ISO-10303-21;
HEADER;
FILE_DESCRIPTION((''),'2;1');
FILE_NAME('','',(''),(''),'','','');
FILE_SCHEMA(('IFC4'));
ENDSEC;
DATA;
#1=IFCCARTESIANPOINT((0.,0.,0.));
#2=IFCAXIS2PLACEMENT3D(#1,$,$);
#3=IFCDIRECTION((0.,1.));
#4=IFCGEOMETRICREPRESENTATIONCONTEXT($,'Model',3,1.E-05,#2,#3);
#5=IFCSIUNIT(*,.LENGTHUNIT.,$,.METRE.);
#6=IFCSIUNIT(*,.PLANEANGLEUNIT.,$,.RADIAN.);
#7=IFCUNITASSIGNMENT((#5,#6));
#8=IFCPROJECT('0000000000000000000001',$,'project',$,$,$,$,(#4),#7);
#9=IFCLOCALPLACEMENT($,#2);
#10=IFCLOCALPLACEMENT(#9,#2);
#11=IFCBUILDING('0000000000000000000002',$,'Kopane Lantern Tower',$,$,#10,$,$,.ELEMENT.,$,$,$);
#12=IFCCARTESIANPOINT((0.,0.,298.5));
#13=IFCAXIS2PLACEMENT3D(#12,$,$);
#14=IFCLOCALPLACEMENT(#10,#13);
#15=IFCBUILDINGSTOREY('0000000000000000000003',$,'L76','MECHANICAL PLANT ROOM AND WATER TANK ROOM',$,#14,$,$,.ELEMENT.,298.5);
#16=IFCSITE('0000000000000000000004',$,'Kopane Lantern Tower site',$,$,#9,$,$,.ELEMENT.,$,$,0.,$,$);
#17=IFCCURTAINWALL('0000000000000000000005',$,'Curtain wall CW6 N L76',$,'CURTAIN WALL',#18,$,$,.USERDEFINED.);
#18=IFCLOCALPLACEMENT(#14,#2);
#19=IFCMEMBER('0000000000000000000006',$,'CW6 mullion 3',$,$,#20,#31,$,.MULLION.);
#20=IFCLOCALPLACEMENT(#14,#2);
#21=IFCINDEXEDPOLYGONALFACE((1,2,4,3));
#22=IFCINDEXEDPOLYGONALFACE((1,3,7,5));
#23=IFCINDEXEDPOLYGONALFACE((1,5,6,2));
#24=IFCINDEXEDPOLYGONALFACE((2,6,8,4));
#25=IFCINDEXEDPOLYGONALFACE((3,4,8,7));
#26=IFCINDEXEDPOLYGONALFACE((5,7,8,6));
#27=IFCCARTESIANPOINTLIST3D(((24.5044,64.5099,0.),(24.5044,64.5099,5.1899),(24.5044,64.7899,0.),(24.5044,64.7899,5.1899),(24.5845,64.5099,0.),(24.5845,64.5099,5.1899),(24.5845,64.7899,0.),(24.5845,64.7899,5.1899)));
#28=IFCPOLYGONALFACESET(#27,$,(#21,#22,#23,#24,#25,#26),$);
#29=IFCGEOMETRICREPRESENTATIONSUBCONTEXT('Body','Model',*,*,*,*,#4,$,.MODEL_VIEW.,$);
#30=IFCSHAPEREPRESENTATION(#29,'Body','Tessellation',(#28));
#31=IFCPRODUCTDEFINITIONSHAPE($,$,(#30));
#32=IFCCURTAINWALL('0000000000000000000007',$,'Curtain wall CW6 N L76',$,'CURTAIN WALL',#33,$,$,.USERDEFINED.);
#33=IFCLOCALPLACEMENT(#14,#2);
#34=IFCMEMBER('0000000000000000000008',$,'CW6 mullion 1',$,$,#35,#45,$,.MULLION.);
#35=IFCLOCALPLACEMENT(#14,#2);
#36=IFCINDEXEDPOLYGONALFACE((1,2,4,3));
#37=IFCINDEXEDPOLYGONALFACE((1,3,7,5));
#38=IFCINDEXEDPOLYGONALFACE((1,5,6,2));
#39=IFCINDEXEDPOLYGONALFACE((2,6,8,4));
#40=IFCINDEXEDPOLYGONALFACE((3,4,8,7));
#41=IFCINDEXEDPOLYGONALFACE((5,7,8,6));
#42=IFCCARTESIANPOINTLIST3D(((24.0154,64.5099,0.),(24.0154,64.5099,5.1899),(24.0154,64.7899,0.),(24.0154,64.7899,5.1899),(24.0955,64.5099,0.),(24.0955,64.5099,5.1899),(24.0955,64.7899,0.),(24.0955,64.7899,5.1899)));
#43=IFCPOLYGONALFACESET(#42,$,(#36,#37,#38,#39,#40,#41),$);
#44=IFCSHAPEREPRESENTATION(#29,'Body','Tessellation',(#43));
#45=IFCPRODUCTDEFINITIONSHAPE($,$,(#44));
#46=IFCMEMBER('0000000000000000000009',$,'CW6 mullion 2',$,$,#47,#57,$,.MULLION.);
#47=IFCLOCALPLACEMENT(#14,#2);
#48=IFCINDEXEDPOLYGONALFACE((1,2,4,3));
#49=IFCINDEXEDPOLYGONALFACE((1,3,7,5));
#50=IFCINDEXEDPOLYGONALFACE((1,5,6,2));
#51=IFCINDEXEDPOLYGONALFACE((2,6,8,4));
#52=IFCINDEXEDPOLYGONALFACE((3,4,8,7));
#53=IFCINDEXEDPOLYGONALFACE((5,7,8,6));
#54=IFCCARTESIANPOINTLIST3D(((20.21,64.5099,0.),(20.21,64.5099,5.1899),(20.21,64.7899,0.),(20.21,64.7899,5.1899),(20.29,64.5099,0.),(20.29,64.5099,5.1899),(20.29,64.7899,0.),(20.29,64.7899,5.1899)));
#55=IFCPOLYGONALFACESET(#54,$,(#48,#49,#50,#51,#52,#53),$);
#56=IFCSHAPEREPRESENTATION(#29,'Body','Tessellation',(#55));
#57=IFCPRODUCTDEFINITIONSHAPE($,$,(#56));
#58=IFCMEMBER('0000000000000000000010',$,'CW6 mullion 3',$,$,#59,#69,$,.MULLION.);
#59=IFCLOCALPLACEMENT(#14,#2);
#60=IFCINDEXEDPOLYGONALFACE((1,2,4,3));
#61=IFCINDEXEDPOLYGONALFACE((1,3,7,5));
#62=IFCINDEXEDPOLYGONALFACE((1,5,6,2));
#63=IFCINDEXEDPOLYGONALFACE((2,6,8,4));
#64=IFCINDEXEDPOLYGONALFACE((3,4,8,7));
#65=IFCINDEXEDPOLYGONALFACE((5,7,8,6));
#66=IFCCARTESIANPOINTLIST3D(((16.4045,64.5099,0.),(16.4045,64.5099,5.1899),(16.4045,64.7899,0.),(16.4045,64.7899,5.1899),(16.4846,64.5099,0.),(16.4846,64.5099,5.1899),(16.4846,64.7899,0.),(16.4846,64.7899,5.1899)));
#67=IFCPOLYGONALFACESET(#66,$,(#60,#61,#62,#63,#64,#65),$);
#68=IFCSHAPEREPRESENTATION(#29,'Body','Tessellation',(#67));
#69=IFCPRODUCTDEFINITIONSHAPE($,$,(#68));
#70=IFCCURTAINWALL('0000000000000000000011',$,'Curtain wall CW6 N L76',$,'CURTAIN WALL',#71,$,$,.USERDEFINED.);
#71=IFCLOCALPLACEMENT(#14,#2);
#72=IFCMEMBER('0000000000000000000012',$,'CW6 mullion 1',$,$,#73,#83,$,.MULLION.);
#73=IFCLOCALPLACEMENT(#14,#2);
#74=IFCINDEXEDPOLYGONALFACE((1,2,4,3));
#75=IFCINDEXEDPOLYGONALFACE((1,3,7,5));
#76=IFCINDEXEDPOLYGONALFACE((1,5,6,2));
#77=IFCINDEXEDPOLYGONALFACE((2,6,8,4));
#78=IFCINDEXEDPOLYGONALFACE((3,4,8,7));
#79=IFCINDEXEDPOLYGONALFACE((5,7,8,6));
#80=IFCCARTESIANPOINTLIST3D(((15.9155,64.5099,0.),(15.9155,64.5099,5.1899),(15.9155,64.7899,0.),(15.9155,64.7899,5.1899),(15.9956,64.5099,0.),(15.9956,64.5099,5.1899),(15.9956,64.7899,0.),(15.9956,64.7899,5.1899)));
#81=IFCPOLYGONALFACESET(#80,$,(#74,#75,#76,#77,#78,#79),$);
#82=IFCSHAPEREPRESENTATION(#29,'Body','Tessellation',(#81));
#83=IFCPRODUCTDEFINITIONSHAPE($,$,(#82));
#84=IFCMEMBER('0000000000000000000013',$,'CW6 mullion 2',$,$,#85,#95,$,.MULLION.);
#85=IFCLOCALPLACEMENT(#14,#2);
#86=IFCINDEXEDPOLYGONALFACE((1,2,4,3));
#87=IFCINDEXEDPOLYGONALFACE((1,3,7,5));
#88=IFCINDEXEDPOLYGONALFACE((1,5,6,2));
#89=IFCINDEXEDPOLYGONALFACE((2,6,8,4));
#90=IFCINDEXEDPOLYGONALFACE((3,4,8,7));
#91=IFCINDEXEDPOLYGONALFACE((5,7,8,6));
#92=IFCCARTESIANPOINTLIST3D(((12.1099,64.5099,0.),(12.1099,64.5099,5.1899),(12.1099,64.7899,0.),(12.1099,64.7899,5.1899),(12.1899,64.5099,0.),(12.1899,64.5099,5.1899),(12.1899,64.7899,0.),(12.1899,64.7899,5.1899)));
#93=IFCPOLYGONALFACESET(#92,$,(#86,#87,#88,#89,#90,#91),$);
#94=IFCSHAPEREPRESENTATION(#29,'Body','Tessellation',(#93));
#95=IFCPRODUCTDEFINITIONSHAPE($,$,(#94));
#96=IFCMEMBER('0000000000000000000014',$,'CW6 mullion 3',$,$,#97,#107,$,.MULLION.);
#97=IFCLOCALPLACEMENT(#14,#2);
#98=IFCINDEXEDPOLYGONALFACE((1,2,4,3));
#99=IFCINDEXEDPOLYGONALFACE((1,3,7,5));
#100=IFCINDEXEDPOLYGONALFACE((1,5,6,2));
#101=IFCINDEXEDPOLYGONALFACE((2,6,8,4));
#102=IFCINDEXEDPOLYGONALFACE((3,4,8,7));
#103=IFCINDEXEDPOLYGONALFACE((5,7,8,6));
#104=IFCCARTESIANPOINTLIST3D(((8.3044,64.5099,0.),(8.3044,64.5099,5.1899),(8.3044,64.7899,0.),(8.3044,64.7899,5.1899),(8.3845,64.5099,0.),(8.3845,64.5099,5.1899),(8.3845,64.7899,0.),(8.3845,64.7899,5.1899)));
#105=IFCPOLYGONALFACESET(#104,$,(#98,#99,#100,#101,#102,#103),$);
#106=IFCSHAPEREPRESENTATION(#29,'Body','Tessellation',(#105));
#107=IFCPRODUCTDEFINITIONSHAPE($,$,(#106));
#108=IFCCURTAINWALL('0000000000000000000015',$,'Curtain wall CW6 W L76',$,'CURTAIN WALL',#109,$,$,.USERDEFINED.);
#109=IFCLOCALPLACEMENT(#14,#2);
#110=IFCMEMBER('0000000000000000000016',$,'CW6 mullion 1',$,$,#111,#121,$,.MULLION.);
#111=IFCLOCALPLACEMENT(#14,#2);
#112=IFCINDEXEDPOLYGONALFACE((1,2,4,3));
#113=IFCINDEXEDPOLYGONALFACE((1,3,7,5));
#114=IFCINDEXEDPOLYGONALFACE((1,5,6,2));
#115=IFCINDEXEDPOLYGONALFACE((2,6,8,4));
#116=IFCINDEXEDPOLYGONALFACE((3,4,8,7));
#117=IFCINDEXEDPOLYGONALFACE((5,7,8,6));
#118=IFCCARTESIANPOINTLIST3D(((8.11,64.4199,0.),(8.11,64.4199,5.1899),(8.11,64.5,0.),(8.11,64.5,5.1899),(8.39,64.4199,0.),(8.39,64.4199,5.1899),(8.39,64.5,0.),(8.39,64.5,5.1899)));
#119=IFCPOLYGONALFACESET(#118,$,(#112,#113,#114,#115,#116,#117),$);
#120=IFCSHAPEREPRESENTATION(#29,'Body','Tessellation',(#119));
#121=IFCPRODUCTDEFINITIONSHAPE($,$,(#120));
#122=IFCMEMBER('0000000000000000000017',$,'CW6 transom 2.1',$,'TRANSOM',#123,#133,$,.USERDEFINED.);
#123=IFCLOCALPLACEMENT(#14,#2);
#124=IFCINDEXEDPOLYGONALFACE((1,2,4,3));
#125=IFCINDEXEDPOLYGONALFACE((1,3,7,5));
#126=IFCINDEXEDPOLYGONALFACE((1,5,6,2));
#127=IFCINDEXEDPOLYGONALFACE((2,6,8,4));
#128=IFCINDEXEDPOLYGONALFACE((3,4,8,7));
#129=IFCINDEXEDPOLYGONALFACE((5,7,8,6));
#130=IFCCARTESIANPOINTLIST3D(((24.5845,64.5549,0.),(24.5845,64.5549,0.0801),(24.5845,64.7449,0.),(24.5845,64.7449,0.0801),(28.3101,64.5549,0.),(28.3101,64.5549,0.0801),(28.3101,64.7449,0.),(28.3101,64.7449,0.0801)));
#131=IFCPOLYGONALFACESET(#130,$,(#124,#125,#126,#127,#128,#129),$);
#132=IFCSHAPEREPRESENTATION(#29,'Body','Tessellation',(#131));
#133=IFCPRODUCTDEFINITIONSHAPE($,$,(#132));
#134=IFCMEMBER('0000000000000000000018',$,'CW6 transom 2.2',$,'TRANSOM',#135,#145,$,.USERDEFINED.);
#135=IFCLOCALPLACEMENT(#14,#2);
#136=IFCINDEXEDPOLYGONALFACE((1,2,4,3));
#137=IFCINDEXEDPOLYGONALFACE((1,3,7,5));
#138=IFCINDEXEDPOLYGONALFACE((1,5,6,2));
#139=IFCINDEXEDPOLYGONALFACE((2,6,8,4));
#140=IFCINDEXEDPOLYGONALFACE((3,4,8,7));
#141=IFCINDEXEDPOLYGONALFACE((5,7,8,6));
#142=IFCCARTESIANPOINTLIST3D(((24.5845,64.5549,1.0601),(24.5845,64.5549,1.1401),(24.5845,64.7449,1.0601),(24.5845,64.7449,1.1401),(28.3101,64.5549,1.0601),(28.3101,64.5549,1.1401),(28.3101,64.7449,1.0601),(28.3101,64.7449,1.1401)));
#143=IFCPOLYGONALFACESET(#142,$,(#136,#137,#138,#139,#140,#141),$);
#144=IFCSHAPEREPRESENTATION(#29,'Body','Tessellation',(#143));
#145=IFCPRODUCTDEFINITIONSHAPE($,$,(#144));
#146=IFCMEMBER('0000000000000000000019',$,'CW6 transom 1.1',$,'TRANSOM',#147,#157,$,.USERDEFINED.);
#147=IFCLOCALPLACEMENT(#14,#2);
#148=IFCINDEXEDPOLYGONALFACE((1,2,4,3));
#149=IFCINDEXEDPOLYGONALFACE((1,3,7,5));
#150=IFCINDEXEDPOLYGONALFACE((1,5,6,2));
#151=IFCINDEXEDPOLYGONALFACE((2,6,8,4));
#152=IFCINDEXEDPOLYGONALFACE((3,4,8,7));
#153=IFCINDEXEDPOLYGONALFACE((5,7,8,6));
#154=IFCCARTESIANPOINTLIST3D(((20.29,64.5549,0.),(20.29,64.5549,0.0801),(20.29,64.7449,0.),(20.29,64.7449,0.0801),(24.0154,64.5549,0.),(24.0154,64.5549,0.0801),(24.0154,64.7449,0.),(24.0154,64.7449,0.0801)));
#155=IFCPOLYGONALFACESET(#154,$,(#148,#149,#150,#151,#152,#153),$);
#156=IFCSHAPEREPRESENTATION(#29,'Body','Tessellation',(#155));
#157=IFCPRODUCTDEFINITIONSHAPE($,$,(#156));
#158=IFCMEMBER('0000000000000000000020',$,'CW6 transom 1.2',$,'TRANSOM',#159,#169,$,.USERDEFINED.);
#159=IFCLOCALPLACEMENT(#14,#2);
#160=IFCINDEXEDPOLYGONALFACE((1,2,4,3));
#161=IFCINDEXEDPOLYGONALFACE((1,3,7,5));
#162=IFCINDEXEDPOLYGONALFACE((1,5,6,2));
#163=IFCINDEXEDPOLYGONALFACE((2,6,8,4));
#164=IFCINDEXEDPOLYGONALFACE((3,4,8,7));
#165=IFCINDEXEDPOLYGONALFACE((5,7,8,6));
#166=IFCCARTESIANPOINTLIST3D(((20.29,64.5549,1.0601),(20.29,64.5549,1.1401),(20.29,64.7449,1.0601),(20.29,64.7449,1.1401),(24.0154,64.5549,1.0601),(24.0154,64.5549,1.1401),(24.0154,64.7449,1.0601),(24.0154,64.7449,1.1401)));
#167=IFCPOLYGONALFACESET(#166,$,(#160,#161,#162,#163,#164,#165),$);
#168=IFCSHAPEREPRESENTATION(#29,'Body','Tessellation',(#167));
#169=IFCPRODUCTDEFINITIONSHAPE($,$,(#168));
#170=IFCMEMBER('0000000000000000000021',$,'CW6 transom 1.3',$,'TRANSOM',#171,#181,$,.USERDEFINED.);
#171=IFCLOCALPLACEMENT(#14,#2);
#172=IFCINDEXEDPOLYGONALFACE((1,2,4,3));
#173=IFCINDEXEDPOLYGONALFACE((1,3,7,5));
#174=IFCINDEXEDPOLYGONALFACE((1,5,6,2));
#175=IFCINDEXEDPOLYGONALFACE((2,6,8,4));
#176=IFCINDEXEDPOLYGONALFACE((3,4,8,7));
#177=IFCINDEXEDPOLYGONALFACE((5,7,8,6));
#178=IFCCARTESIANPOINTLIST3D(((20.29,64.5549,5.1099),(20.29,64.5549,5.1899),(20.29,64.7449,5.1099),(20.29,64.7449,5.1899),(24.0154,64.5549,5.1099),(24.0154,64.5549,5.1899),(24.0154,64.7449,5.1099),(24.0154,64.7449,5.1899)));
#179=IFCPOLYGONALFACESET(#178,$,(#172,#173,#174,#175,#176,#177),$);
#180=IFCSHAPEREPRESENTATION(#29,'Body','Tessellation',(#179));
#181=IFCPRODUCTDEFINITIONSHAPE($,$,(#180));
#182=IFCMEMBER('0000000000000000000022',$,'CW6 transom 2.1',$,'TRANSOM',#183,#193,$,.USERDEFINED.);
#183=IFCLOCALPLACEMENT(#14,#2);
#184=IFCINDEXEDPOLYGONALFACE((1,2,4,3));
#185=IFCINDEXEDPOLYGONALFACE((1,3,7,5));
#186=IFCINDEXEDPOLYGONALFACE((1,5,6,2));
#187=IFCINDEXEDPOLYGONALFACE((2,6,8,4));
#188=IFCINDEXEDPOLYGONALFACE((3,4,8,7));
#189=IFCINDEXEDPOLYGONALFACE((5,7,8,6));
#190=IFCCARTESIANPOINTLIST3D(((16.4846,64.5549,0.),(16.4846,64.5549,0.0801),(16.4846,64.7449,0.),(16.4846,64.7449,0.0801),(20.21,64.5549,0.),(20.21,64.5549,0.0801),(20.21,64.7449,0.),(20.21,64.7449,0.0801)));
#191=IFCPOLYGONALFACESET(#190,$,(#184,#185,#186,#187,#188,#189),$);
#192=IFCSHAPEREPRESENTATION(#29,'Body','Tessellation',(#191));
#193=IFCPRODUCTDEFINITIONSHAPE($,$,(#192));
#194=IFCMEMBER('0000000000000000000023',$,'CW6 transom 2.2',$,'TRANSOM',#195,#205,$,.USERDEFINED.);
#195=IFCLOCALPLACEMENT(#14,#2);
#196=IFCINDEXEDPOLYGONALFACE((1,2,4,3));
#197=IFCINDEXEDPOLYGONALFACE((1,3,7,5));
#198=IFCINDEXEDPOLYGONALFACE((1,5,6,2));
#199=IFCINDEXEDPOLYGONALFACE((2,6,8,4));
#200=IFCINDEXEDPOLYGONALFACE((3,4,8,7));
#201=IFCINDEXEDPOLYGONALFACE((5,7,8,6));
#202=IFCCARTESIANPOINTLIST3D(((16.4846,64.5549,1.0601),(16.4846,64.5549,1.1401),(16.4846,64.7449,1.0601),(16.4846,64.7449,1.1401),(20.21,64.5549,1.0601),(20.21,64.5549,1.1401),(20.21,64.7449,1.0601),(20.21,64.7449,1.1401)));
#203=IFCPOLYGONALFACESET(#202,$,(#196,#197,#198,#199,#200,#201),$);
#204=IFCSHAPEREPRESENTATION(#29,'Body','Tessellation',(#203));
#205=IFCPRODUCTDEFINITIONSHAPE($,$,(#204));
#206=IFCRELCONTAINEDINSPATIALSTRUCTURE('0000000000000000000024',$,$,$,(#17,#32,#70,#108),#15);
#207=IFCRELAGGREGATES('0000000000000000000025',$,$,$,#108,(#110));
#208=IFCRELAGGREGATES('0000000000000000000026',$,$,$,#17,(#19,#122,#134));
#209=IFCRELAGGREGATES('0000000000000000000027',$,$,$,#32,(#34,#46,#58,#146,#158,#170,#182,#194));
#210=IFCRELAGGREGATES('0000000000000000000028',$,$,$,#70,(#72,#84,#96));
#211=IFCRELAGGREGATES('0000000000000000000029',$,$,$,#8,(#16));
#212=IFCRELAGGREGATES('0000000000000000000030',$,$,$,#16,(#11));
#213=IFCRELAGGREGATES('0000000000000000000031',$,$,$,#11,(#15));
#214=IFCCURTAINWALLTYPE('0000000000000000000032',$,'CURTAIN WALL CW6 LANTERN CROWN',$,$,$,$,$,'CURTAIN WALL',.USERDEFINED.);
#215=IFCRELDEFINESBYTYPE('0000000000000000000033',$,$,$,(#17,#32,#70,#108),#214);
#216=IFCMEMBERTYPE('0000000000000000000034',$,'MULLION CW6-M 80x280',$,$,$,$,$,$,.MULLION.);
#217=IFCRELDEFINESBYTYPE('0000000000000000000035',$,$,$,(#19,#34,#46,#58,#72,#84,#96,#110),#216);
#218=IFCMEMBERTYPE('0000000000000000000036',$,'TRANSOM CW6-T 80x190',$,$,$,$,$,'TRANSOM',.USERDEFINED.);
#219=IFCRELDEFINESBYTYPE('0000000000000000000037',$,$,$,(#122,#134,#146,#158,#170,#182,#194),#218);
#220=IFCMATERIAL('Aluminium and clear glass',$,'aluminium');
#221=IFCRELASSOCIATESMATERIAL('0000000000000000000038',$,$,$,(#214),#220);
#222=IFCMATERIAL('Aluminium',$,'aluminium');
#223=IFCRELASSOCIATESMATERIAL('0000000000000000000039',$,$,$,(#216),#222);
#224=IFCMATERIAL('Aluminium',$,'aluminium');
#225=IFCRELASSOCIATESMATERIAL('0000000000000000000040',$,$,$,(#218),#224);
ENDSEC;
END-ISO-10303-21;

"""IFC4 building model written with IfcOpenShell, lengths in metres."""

from ifc_helpers import new_model, si_unit, direction, frame, origin, origin_2d, place, context, subcontext, project, spatial, rectangle, extrude, material, material_profile, profile_set, type_object, element, aggregate, save


model = new_model("IFC4")

# Units and contexts
model_context = context("Model", 3, precision=1e-05, world=origin(), true_north=direction((0.0, 1.0)))
body_context = subcontext(model_context, "Body", "Model", "MODEL_VIEW")
ifc_project = project(units=[si_unit("LENGTHUNIT", "METRE"), si_unit("PLANEANGLEUNIT", "RADIAN")], contexts=[model_context])

# Site, building, storey
site_placement = place(None, origin())
site = spatial("IfcSite", under=ifc_project, at=site_placement, Name="Kopane Lantern Tower site", CompositionType="ELEMENT", RefElevation=0.0)
building_placement = place(site_placement, origin())
building = spatial("IfcBuilding", under=site, at=building_placement, Name="Kopane Lantern Tower", CompositionType="ELEMENT")
storey_placement = place(building_placement, frame((0.0, 0.0, 298.5)))
storey = spatial("IfcBuildingStorey", under=building, at=storey_placement, Name="L76", Description="MECHANICAL PLANT ROOM AND WATER TANK ROOM", CompositionType="ELEMENT", Elevation=298.5)

# Curtain wall, member
ifc_material_1 = material(Name="Aluminium and clear glass", Category="aluminium")
curtain_wall_type = type_object("IfcCurtainWallType", Name="CURTAIN WALL CW6 LANTERN CROWN", ElementType="CURTAIN WALL", PredefinedType="USERDEFINED", material=ifc_material_1)
curtain_wall_1_placement = place(storey_placement, origin())
curtain_wall_1 = element("IfcCurtainWall", 1, at=curtain_wall_1_placement, inside=storey, type_object=curtain_wall_type, Name="Curtain wall CW6 N L76", ObjectType="CURTAIN WALL", PredefinedType="USERDEFINED")
ifc_material_2 = material(Name="Aluminium", Category="aluminium")
ifc_material_profile_1 = material_profile(ifc_material_2, rectangle(XDim=0.0801, YDim=0.28, at=origin_2d()), Name="AL 80x280")
ifc_profile_set_1 = profile_set([ifc_material_profile_1], Name="Aluminium")
member_type_1 = type_object("IfcMemberType", Name="MULLION CW6-M 80x280", PredefinedType="MULLION", material=ifc_profile_set_1)
member_1_placement = place(storey_placement, frame((24.5444, 64.6499, 0.0), z_axis=(0.0, 0.0, 1.0), x_axis=(-1.0, 0.0, 0.0)))
member_1 = element("IfcMember", 2, at=member_1_placement, type_object=member_type_1, Name="CW6 mullion 3", PredefinedType="MULLION", context=body_context, shape_type="SweptSolid", body=[
    extrude(rectangle(XDim=0.0801, YDim=0.28, at=origin_2d()), origin(), (0.0, 0.0, 1.0), 5.1899),
])

# Curtain walls, members
curtain_wall_2_placement = place(storey_placement, origin())
curtain_wall_2 = element("IfcCurtainWall", 3, at=curtain_wall_2_placement, inside=storey, type_object=curtain_wall_type, Name="Curtain wall CW6 N L76", ObjectType="CURTAIN WALL", PredefinedType="USERDEFINED")
member_2_placement = place(storey_placement, frame((24.0554, 64.6499, 0.0), z_axis=(0.0, 0.0, 1.0), x_axis=(-1.0, 0.0, 0.0)))
member_2 = element("IfcMember", 4, at=member_2_placement, type_object=member_type_1, Name="CW6 mullion 1", PredefinedType="MULLION", context=body_context, shape_type="SweptSolid", body=[
    extrude(rectangle(XDim=0.0801, YDim=0.28, at=origin_2d()), origin(), (0.0, 0.0, 1.0), 5.1899),
])
member_3_placement = place(storey_placement, frame((20.25, 64.6499, 0.0), z_axis=(0.0, 0.0, 1.0), x_axis=(-1.0, 0.0, 0.0)))
member_3 = element("IfcMember", 5, at=member_3_placement, type_object=member_type_1, Name="CW6 mullion 2", PredefinedType="MULLION", context=body_context, shape_type="SweptSolid", body=[
    extrude(rectangle(XDim=0.0801, YDim=0.28, at=origin_2d()), origin(), (0.0, 0.0, 1.0), 5.1899),
])
member_4_placement = place(storey_placement, frame((16.4446, 64.6499, 0.0), z_axis=(0.0, 0.0, 1.0), x_axis=(-1.0, 0.0, 0.0)))
member_4 = element("IfcMember", 6, at=member_4_placement, type_object=member_type_1, Name="CW6 mullion 3", PredefinedType="MULLION", context=body_context, shape_type="SweptSolid", body=[
    extrude(rectangle(XDim=0.0801, YDim=0.28, at=origin_2d()), origin(), (0.0, 0.0, 1.0), 5.1899),
])
curtain_wall_3_placement = place(storey_placement, origin())
curtain_wall_3 = element("IfcCurtainWall", 7, at=curtain_wall_3_placement, inside=storey, type_object=curtain_wall_type, Name="Curtain wall CW6 N L76", ObjectType="CURTAIN WALL", PredefinedType="USERDEFINED")
member_5_placement = place(storey_placement, frame((15.9556, 64.6499, 0.0), z_axis=(0.0, 0.0, 1.0), x_axis=(-1.0, 0.0, 0.0)))
member_5 = element("IfcMember", 8, at=member_5_placement, type_object=member_type_1, Name="CW6 mullion 1", PredefinedType="MULLION", context=body_context, shape_type="SweptSolid", body=[
    extrude(rectangle(XDim=0.0801, YDim=0.28, at=origin_2d()), origin(), (0.0, 0.0, 1.0), 5.1899),
])
member_6_placement = place(storey_placement, frame((12.1499, 64.6499, 0.0), z_axis=(0.0, 0.0, 1.0), x_axis=(-1.0, 0.0, 0.0)))
member_6 = element("IfcMember", 9, at=member_6_placement, type_object=member_type_1, Name="CW6 mullion 2", PredefinedType="MULLION", context=body_context, shape_type="SweptSolid", body=[
    extrude(rectangle(XDim=0.0801, YDim=0.28, at=origin_2d()), origin(), (0.0, 0.0, 1.0), 5.1899),
])
member_7_placement = place(storey_placement, frame((8.3445, 64.6499, 0.0), z_axis=(0.0, 0.0, 1.0), x_axis=(-1.0, 0.0, 0.0)))
member_7 = element("IfcMember", 10, at=member_7_placement, type_object=member_type_1, Name="CW6 mullion 3", PredefinedType="MULLION", context=body_context, shape_type="SweptSolid", body=[
    extrude(rectangle(XDim=0.0801, YDim=0.28, at=origin_2d()), origin(), (0.0, 0.0, 1.0), 5.1899),
])

# Curtain wall, member
curtain_wall_4_placement = place(storey_placement, origin())
curtain_wall_4 = element("IfcCurtainWall", 11, at=curtain_wall_4_placement, inside=storey, type_object=curtain_wall_type, Name="Curtain wall CW6 W L76", ObjectType="CURTAIN WALL", PredefinedType="USERDEFINED")
member_8_placement = place(storey_placement, frame((8.25, 64.46, 0.0), z_axis=(0.0, 0.0, 1.0), x_axis=(0.0, -1.0, 0.0)))
member_8 = element("IfcMember", 12, at=member_8_placement, type_object=member_type_1, Name="CW6 mullion 1", PredefinedType="MULLION", context=body_context, shape_type="SweptSolid", body=[
    extrude(rectangle(XDim=0.0801, YDim=0.28, at=origin_2d()), origin(), (0.0, 0.0, 1.0), 5.1899),
])

# Members
ifc_material_3 = material(Name="Aluminium", Category="aluminium")
ifc_material_profile_2 = material_profile(ifc_material_3, rectangle(XDim=0.1899, YDim=0.0801, at=origin_2d()), Name="AL 190x80")
ifc_profile_set_2 = profile_set([ifc_material_profile_2], Name="Aluminium")
member_type_2 = type_object("IfcMemberType", Name="TRANSOM CW6-T 80x190", ElementType="TRANSOM", PredefinedType="USERDEFINED", material=ifc_profile_set_2)
member_9_placement = place(storey_placement, frame((28.3101, 64.6499, 0.04), z_axis=(-1.0, 0.0, 0.0), x_axis=(0.0, -1.0, 0.0)))
member_9 = element("IfcMember", 13, at=member_9_placement, type_object=member_type_2, Name="CW6 transom 2.1", ObjectType="TRANSOM", PredefinedType="USERDEFINED", context=body_context, shape_type="SweptSolid", body=[
    extrude(rectangle(XDim=0.1899, YDim=0.0801, at=origin_2d()), origin(), (0.0, 0.0, 1.0), 3.7256),
])
member_10_placement = place(storey_placement, frame((28.3101, 64.6499, 1.1001), z_axis=(-1.0, 0.0, 0.0), x_axis=(0.0, -1.0, 0.0)))
member_10 = element("IfcMember", 14, at=member_10_placement, type_object=member_type_2, Name="CW6 transom 2.2", ObjectType="TRANSOM", PredefinedType="USERDEFINED", context=body_context, shape_type="SweptSolid", body=[
    extrude(rectangle(XDim=0.1899, YDim=0.0801, at=origin_2d()), origin(), (0.0, 0.0, 1.0), 3.7256),
])
member_11_placement = place(storey_placement, frame((24.0154, 64.6499, 0.04), z_axis=(-1.0, 0.0, 0.0), x_axis=(0.0, -1.0, 0.0)))
member_11 = element("IfcMember", 15, at=member_11_placement, type_object=member_type_2, Name="CW6 transom 1.1", ObjectType="TRANSOM", PredefinedType="USERDEFINED", context=body_context, shape_type="SweptSolid", body=[
    extrude(rectangle(XDim=0.1899, YDim=0.0801, at=origin_2d()), origin(), (0.0, 0.0, 1.0), 3.7253),
])
member_12_placement = place(storey_placement, frame((24.0154, 64.6499, 1.1001), z_axis=(-1.0, 0.0, 0.0), x_axis=(0.0, -1.0, 0.0)))
member_12 = element("IfcMember", 16, at=member_12_placement, type_object=member_type_2, Name="CW6 transom 1.2", ObjectType="TRANSOM", PredefinedType="USERDEFINED", context=body_context, shape_type="SweptSolid", body=[
    extrude(rectangle(XDim=0.1899, YDim=0.0801, at=origin_2d()), origin(), (0.0, 0.0, 1.0), 3.7253),
])
member_13_placement = place(storey_placement, frame((24.0154, 64.6499, 5.1499), z_axis=(-1.0, 0.0, 0.0), x_axis=(0.0, -1.0, 0.0)))
member_13 = element("IfcMember", 17, at=member_13_placement, type_object=member_type_2, Name="CW6 transom 1.3", ObjectType="TRANSOM", PredefinedType="USERDEFINED", context=body_context, shape_type="SweptSolid", body=[
    extrude(rectangle(XDim=0.1899, YDim=0.0801, at=origin_2d()), origin(), (0.0, 0.0, 1.0), 3.7253),
])
member_14_placement = place(storey_placement, frame((20.21, 64.6499, 0.04), z_axis=(-1.0, 0.0, 0.0), x_axis=(0.0, -1.0, 0.0)))
member_14 = element("IfcMember", 18, at=member_14_placement, type_object=member_type_2, Name="CW6 transom 2.1", ObjectType="TRANSOM", PredefinedType="USERDEFINED", context=body_context, shape_type="SweptSolid", body=[
    extrude(rectangle(XDim=0.1899, YDim=0.0801, at=origin_2d()), origin(), (0.0, 0.0, 1.0), 3.7253),
])
member_15_placement = place(storey_placement, frame((20.21, 64.6499, 1.1001), z_axis=(-1.0, 0.0, 0.0), x_axis=(0.0, -1.0, 0.0)))
member_15 = element("IfcMember", 19, at=member_15_placement, type_object=member_type_2, Name="CW6 transom 2.2", ObjectType="TRANSOM", PredefinedType="USERDEFINED", context=body_context, shape_type="SweptSolid", body=[
    extrude(rectangle(XDim=0.1899, YDim=0.0801, at=origin_2d()), origin(), (0.0, 0.0, 1.0), 3.7253),
])
aggregate(curtain_wall_4, [member_8])

aggregate(curtain_wall_1, [member_1, member_9, member_10])
aggregate(curtain_wall_2, [member_2, member_3, member_4, member_11, member_12, member_13, member_14, member_15])
aggregate(curtain_wall_3, [member_5, member_6, member_7])

save(model, "model.ifc")
